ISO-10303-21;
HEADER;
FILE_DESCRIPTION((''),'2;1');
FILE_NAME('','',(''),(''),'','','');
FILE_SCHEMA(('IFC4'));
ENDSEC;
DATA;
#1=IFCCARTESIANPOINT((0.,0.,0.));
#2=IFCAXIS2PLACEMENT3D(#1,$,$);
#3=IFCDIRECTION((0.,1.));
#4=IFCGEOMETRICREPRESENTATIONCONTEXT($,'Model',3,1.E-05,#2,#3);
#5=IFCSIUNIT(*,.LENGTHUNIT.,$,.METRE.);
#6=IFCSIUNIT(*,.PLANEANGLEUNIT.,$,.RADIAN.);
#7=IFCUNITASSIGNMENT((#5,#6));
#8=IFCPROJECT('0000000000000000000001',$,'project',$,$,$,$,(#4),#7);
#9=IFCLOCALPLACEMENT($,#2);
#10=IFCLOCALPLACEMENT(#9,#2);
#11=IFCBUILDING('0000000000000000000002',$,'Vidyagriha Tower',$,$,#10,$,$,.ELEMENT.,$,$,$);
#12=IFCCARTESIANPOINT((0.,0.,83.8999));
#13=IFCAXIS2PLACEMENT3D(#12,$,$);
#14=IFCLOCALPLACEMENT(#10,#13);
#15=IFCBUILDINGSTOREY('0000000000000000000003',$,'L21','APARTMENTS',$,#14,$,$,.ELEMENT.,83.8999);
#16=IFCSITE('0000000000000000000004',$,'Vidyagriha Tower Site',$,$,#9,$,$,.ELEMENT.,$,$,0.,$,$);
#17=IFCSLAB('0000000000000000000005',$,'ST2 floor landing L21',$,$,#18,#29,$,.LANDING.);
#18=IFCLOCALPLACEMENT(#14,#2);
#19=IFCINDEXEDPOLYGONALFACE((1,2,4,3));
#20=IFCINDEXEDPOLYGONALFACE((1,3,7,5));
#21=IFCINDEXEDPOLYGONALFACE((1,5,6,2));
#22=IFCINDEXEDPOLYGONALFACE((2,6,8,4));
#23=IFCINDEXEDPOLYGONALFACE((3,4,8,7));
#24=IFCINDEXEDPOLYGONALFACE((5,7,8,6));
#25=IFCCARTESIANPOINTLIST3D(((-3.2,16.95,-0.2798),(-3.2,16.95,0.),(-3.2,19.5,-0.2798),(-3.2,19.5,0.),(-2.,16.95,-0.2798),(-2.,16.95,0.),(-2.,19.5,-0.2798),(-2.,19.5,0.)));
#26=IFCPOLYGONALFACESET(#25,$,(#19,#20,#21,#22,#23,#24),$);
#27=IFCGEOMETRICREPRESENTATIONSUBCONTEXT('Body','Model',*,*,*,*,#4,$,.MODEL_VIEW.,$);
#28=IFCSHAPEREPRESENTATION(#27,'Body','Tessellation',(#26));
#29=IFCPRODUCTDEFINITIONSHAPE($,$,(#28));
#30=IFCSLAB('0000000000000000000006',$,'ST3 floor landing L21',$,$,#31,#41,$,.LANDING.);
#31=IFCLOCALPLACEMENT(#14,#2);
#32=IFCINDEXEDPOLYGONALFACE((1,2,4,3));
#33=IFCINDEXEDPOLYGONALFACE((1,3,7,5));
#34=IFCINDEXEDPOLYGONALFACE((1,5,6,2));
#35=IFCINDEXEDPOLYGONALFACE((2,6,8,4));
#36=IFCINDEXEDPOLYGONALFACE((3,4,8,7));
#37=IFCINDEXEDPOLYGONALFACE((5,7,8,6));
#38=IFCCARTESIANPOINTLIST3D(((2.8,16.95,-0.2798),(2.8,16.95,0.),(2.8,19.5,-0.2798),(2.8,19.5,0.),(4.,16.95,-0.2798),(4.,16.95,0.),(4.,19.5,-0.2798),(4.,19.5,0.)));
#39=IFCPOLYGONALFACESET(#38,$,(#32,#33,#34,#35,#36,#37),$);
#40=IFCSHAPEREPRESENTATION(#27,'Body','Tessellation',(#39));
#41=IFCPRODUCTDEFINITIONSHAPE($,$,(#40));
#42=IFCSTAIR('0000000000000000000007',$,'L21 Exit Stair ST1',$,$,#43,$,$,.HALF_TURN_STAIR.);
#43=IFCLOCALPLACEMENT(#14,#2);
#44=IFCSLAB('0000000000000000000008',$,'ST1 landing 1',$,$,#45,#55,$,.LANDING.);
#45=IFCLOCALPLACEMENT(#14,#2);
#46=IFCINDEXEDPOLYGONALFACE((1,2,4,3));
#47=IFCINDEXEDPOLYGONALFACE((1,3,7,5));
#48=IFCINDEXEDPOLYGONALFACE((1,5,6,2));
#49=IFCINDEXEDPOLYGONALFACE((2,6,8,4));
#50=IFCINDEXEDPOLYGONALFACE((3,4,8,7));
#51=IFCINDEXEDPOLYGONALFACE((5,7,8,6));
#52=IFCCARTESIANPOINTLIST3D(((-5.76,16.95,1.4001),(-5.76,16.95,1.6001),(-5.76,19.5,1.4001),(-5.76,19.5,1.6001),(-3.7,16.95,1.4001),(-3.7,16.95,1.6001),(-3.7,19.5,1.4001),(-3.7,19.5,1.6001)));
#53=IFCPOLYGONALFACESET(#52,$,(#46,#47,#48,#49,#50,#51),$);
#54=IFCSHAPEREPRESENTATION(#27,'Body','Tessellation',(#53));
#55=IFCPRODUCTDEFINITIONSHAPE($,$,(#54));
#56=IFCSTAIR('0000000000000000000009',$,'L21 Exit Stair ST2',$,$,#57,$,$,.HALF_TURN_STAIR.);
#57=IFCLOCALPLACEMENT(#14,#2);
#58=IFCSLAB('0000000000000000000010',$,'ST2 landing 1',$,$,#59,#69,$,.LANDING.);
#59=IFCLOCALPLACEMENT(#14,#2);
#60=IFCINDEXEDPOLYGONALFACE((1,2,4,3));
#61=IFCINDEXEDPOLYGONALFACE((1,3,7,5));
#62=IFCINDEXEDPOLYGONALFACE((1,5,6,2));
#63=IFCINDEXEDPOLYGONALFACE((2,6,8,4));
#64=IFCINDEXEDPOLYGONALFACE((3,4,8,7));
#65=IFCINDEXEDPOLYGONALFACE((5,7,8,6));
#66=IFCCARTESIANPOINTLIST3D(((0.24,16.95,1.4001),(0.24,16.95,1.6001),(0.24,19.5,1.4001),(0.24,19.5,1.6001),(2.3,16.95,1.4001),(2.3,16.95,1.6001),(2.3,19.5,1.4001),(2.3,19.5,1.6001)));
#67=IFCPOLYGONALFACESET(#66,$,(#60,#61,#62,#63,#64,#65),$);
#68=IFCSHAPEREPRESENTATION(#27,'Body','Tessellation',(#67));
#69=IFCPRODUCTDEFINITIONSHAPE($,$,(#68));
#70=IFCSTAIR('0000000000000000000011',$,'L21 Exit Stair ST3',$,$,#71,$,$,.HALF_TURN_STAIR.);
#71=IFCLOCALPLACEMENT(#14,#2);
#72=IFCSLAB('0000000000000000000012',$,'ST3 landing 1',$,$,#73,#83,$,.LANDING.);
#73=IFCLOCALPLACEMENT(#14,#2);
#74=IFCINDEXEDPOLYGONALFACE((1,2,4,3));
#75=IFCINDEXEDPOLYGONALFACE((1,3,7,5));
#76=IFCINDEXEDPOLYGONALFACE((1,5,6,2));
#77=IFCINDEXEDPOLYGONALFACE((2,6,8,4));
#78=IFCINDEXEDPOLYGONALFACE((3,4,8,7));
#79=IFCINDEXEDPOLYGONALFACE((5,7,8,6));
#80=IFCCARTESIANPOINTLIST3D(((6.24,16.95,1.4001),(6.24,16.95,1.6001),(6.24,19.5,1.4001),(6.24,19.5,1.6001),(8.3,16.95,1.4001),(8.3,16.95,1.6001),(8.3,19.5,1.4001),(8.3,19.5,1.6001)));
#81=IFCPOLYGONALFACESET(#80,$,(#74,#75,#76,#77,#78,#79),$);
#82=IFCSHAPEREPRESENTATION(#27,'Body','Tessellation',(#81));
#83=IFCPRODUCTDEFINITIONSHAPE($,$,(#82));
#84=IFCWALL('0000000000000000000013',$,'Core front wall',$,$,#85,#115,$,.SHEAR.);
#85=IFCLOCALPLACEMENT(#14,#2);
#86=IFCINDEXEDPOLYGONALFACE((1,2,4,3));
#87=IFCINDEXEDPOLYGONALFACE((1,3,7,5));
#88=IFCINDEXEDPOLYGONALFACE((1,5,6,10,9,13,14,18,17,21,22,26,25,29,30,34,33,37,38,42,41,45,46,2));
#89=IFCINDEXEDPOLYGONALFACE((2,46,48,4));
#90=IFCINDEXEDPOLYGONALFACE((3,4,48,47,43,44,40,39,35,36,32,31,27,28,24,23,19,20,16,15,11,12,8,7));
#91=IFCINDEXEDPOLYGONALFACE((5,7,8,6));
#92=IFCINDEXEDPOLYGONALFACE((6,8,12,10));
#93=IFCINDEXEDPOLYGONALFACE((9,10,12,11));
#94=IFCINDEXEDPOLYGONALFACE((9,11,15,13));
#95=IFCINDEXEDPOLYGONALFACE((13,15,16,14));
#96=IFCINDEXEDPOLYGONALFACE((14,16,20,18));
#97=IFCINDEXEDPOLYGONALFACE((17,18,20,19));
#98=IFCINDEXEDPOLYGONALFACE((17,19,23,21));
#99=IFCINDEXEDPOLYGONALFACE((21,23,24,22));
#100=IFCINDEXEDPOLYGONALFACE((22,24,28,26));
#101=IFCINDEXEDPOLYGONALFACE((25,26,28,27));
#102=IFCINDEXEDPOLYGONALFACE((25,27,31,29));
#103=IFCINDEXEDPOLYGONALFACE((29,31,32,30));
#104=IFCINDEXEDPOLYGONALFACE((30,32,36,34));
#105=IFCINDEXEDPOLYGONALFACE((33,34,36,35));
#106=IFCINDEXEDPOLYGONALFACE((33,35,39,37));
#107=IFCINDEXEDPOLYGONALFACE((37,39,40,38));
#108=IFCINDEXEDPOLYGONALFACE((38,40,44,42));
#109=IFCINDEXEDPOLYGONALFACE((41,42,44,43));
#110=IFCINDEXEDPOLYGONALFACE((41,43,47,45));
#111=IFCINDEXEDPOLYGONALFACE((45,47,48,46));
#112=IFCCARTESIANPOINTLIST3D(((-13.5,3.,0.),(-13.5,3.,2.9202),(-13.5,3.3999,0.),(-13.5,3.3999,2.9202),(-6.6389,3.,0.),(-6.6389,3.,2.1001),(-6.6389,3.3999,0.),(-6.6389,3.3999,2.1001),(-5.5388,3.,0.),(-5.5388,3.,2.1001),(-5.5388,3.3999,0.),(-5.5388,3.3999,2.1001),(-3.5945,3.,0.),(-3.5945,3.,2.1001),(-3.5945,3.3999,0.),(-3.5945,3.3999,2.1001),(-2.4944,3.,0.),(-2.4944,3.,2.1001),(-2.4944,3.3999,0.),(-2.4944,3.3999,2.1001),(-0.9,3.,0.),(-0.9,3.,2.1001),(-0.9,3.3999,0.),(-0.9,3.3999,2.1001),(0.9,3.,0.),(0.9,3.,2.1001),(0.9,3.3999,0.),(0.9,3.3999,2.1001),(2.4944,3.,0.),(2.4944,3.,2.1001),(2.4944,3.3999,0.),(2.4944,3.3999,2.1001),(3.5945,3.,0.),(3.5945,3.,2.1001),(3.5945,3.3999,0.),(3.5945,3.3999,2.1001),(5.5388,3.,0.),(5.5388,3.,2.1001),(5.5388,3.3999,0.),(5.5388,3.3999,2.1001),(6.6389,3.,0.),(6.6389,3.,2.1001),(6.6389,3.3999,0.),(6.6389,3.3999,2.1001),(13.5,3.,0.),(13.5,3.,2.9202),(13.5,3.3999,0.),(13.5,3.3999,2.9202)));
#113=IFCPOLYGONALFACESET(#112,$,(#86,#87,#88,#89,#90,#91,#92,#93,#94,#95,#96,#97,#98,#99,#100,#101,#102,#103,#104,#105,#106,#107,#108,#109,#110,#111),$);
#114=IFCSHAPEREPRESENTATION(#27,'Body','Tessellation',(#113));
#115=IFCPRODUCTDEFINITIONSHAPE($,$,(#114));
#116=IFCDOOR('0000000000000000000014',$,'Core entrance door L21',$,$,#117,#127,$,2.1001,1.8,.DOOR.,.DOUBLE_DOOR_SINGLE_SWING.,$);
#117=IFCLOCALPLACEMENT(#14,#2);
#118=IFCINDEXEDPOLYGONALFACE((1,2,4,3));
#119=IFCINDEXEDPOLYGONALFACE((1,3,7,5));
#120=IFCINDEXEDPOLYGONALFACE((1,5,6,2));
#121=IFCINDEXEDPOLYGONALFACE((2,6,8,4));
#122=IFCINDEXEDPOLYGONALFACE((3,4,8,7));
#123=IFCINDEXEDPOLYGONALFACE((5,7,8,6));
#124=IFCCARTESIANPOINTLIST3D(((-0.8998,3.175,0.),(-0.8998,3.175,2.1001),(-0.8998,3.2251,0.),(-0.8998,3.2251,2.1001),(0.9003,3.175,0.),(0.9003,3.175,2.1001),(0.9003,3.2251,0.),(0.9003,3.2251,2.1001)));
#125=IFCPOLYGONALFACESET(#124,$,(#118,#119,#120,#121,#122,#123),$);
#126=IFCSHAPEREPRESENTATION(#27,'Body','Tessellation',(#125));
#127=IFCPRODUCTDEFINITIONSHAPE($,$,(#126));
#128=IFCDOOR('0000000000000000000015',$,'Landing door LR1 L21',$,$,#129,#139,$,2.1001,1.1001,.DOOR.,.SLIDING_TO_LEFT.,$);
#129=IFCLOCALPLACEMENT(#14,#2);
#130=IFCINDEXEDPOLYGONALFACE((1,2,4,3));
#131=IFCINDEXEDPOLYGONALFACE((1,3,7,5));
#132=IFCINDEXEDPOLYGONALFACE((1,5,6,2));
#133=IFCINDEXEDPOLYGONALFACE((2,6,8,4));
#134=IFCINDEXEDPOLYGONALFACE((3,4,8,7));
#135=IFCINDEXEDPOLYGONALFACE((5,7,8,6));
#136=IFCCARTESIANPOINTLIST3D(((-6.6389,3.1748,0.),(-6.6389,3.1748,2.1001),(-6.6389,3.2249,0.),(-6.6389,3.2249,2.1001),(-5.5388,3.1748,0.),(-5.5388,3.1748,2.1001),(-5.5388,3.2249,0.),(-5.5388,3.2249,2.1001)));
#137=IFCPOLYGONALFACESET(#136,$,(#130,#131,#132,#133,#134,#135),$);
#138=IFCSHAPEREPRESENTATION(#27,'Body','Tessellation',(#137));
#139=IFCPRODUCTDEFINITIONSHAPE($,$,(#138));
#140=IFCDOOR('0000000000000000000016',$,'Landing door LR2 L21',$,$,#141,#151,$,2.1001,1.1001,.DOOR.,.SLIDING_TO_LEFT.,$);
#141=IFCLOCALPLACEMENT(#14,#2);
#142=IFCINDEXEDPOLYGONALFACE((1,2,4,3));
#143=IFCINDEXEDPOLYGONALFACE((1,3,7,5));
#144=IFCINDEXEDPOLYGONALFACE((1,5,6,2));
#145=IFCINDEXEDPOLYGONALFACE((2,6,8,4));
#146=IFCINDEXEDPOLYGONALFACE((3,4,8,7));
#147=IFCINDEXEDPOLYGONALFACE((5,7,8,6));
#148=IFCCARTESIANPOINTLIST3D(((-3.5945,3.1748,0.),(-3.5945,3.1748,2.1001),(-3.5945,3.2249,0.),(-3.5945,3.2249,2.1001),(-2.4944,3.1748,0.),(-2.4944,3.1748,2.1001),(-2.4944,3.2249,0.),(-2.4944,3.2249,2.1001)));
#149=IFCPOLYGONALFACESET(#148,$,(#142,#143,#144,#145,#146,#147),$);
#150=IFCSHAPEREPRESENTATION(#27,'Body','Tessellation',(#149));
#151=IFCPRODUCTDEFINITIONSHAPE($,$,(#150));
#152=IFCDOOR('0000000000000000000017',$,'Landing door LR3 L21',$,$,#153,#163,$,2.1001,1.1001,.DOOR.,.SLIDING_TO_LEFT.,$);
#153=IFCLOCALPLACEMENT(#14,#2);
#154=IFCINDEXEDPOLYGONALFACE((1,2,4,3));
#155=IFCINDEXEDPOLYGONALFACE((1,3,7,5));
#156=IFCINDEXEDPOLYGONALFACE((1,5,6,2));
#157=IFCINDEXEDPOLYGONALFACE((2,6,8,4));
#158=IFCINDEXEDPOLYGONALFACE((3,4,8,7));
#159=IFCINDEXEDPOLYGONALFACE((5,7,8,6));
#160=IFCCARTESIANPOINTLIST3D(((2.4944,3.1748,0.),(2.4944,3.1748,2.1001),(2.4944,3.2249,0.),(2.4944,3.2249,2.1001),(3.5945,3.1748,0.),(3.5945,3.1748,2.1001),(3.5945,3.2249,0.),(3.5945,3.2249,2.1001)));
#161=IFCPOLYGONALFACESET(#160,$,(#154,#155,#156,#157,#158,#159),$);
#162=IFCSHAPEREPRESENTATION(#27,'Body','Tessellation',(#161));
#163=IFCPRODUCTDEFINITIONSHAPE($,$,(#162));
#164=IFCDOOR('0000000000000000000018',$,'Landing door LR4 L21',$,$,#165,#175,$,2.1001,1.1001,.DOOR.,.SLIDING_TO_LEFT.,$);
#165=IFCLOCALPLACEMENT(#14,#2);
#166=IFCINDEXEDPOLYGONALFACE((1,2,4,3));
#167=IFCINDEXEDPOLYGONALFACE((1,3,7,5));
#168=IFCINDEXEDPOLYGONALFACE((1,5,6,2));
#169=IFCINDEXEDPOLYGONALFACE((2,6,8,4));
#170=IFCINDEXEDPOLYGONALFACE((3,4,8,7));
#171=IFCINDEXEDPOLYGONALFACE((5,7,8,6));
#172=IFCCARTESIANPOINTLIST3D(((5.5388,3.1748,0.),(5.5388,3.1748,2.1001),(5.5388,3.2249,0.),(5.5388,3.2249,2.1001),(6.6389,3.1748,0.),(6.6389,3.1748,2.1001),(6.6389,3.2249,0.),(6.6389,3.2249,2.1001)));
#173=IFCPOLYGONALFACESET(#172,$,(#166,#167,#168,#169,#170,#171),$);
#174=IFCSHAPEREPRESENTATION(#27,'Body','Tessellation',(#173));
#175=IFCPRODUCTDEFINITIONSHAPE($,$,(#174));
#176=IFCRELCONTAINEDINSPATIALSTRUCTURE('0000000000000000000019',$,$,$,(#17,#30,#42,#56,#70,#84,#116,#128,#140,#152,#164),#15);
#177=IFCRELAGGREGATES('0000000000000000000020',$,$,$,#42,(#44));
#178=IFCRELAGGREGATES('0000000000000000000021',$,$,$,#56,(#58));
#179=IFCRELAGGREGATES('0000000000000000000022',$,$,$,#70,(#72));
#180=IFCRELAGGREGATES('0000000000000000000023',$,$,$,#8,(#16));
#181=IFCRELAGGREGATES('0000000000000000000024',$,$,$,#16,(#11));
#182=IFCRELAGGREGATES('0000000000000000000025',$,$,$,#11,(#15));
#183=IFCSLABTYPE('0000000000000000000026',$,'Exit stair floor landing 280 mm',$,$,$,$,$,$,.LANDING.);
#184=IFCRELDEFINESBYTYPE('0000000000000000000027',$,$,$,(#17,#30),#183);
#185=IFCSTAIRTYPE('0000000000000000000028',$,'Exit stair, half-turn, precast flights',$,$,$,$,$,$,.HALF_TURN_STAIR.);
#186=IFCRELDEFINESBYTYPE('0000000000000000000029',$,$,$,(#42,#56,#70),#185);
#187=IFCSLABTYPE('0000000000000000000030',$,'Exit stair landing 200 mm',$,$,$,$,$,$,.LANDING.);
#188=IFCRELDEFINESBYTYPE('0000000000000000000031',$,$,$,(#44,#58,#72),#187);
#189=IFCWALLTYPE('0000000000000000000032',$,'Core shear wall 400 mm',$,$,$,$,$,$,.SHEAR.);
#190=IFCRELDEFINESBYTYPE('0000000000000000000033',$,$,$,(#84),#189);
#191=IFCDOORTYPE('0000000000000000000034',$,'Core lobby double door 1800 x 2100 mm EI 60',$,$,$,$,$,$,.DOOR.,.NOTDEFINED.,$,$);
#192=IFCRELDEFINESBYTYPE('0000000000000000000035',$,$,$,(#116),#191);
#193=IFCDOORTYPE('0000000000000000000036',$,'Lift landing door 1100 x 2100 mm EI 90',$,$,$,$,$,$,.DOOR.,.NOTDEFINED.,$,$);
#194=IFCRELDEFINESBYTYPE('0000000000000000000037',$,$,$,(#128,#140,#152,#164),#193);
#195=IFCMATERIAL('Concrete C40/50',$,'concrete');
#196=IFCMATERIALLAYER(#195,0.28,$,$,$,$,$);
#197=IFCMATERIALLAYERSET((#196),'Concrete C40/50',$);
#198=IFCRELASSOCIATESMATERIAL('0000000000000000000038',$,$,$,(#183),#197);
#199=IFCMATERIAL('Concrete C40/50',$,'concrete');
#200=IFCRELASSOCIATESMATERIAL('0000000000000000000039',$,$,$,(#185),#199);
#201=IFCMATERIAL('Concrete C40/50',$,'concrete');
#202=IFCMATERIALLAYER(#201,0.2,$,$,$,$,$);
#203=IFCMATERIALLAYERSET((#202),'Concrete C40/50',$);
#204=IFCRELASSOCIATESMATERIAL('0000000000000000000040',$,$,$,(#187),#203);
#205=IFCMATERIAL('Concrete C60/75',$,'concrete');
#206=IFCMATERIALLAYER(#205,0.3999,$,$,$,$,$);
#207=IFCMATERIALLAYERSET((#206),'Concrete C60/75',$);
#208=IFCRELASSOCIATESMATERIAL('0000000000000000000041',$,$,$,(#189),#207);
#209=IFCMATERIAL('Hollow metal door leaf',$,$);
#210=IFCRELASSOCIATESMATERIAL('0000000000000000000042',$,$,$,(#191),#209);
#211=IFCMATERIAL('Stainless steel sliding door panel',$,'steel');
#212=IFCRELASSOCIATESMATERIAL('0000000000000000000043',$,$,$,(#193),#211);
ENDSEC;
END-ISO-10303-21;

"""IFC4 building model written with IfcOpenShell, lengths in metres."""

from ifc_helpers import new_model, si_unit, direction, frame, frame_2d, origin, place, context, subcontext, project, spatial, polyline, rectangle, outline, extrude, material, layer, layer_set, type_object, element, fill, aggregate, save


model = new_model("IFC4")

# Units and contexts
model_context = context("Model", 3, precision=1e-05, world=origin(), true_north=direction((0.0, 1.0)))
body_context = subcontext(model_context, "Body", "Model", "MODEL_VIEW")
ifc_project = project(units=[si_unit("LENGTHUNIT", "METRE"), si_unit("PLANEANGLEUNIT", "RADIAN")], contexts=[model_context])

# Site, building, storey
site_placement = place(None, origin())
site = spatial("IfcSite", under=ifc_project, at=site_placement, Name="Vidyagriha Tower Site", CompositionType="ELEMENT", RefElevation=0.0)
building_placement = place(site_placement, origin())
building = spatial("IfcBuilding", under=site, at=building_placement, Name="Vidyagriha Tower", CompositionType="ELEMENT")
storey_placement = place(building_placement, frame((0.0, 0.0, 83.8999)))
storey = spatial("IfcBuildingStorey", under=building, at=storey_placement, Name="L21", Description="APARTMENTS", CompositionType="ELEMENT", Elevation=83.8999)

# Slabs
ifc_material_1 = material(Name="Concrete C40/50", Category="concrete")
ifc_layer_1 = layer(ifc_material_1, 0.28)
ifc_layer_set_1 = layer_set([ifc_layer_1], Name="Concrete C40/50")
slab_type_1 = type_object("IfcSlabType", Name="Exit stair floor landing 280 mm", PredefinedType="LANDING", material=ifc_layer_set_1)
slab_1_placement = place(storey_placement, frame((0.0, 0.0, -0.2798)))
element("IfcSlab", 1, at=slab_1_placement, inside=storey, type_object=slab_type_1, Name="ST2 floor landing L21", PredefinedType="LANDING", context=body_context, shape_type="SweptSolid", body=[
    extrude(outline(polyline([(-3.2, 16.95), (-2.0, 16.95), (-2.0, 19.5), (-3.2, 19.5), (-3.2, 16.95)])), origin(), (0.0, 0.0, 1.0), 0.2798),
])
slab_2_placement = place(storey_placement, frame((0.0, 0.0, -0.2798)))
element("IfcSlab", 2, at=slab_2_placement, inside=storey, type_object=slab_type_1, Name="ST3 floor landing L21", PredefinedType="LANDING", context=body_context, shape_type="SweptSolid", body=[
    extrude(outline(polyline([(2.8, 16.95), (4.0, 16.95), (4.0, 19.5), (2.8, 19.5), (2.8, 16.95)])), origin(), (0.0, 0.0, 1.0), 0.2798),
])

# Stairs, slabs
ifc_material_2 = material(Name="Concrete C40/50", Category="concrete")
stair_type = type_object("IfcStairType", Name="Exit stair, half-turn, precast flights", PredefinedType="HALF_TURN_STAIR", material=ifc_material_2)
stair_1_placement = place(storey_placement, origin())
stair_1 = element("IfcStair", 3, at=stair_1_placement, inside=storey, type_object=stair_type, Name="L21 Exit Stair ST1", PredefinedType="HALF_TURN_STAIR")
ifc_material_3 = material(Name="Concrete C40/50", Category="concrete")
ifc_layer_2 = layer(ifc_material_3, 0.2)
ifc_layer_set_2 = layer_set([ifc_layer_2], Name="Concrete C40/50")
slab_type_2 = type_object("IfcSlabType", Name="Exit stair landing 200 mm", PredefinedType="LANDING", material=ifc_layer_set_2)
slab_3_placement = place(storey_placement, frame((0.0, 0.0, 1.4001)))
slab_3 = element("IfcSlab", 4, at=slab_3_placement, type_object=slab_type_2, Name="ST1 landing 1", PredefinedType="LANDING", context=body_context, shape_type="SweptSolid", body=[
    extrude(outline(polyline([(-5.76, 16.95), (-3.7, 16.95), (-3.7, 19.5), (-5.76, 19.5), (-5.76, 16.95)])), origin(), (0.0, 0.0, 1.0), 0.2),
])
aggregate(stair_1, [slab_3])
stair_2_placement = place(storey_placement, origin())
stair_2 = element("IfcStair", 5, at=stair_2_placement, inside=storey, type_object=stair_type, Name="L21 Exit Stair ST2", PredefinedType="HALF_TURN_STAIR")
slab_4_placement = place(storey_placement, frame((0.0, 0.0, 1.4001)))
slab_4 = element("IfcSlab", 6, at=slab_4_placement, type_object=slab_type_2, Name="ST2 landing 1", PredefinedType="LANDING", context=body_context, shape_type="SweptSolid", body=[
    extrude(outline(polyline([(0.24, 16.95), (2.3, 16.95), (2.3, 19.5), (0.24, 19.5), (0.24, 16.95)])), origin(), (0.0, 0.0, 1.0), 0.2),
])
aggregate(stair_2, [slab_4])
stair_3_placement = place(storey_placement, origin())
stair_3 = element("IfcStair", 7, at=stair_3_placement, inside=storey, type_object=stair_type, Name="L21 Exit Stair ST3", PredefinedType="HALF_TURN_STAIR")
slab_5_placement = place(storey_placement, frame((0.0, 0.0, 1.4001)))
slab_5 = element("IfcSlab", 8, at=slab_5_placement, type_object=slab_type_2, Name="ST3 landing 1", PredefinedType="LANDING", context=body_context, shape_type="SweptSolid", body=[
    extrude(outline(polyline([(6.24, 16.95), (8.3, 16.95), (8.3, 19.5), (6.24, 19.5), (6.24, 16.95)])), origin(), (0.0, 0.0, 1.0), 0.2),
])
aggregate(stair_3, [slab_5])

# Wall, openings, doors
ifc_material_4 = material(Name="Concrete C60/75", Category="concrete")
ifc_layer_3 = layer(ifc_material_4, 0.3999)
ifc_layer_set_3 = layer_set([ifc_layer_3], Name="Concrete C60/75")
wall_type_1 = type_object("IfcWallType", Name="Core shear wall 400 mm", PredefinedType="SHEAR", material=ifc_layer_set_3)
wall_1_placement = place(storey_placement, frame((-13.5, 3.2, 0.0)))
wall_1 = element("IfcWall", 9, at=wall_1_placement, inside=storey, type_object=wall_type_1, Name="Core front wall", PredefinedType="SHEAR", context=body_context, shape_type="SweptSolid", body=[
    extrude(rectangle(XDim=27.0, YDim=0.3999, at=frame_2d((13.5, 0.0))), origin(), (0.0, 0.0, 1.0), 2.9202),
])
opening_1_placement = place(wall_1_placement, frame((6.8611, 0.0, 0.0)))
opening_1 = element("IfcOpeningElement", 10, at=opening_1_placement, cuts=wall_1, PredefinedType="OPENING", context=body_context, shape_type="SweptSolid", body=[
    extrude(rectangle(XDim=1.1001, YDim=2.1001, at=frame_2d((0.55, 1.05))), frame((0.0, 0.21, 0.0), z_axis=(0.0, -1.0, 0.0), x_axis=(1.0, 0.0, 0.0)), (0.0, 0.0, 1.0), 0.4199),
])
opening_2_placement = place(wall_1_placement, frame((9.9055, 0.0, 0.0)))
opening_2 = element("IfcOpeningElement", 11, at=opening_2_placement, cuts=wall_1, PredefinedType="OPENING", context=body_context, shape_type="SweptSolid", body=[
    extrude(rectangle(XDim=1.1001, YDim=2.1001, at=frame_2d((0.55, 1.05))), frame((0.0, 0.21, 0.0), z_axis=(0.0, -1.0, 0.0), x_axis=(1.0, 0.0, 0.0)), (0.0, 0.0, 1.0), 0.4199),
])
opening_3_placement = place(wall_1_placement, frame((15.9944, 0.0, 0.0)))
opening_3 = element("IfcOpeningElement", 12, at=opening_3_placement, cuts=wall_1, PredefinedType="OPENING", context=body_context, shape_type="SweptSolid", body=[
    extrude(rectangle(XDim=1.1001, YDim=2.1001, at=frame_2d((0.55, 1.05))), frame((0.0, 0.21, 0.0), z_axis=(0.0, -1.0, 0.0), x_axis=(1.0, 0.0, 0.0)), (0.0, 0.0, 1.0), 0.4199),
])
opening_4_placement = place(wall_1_placement, frame((19.0388, 0.0, 0.0)))
opening_4 = element("IfcOpeningElement", 13, at=opening_4_placement, cuts=wall_1, PredefinedType="OPENING", context=body_context, shape_type="SweptSolid", body=[
    extrude(rectangle(XDim=1.1001, YDim=2.1001, at=frame_2d((0.55, 1.05))), frame((0.0, 0.21, 0.0), z_axis=(0.0, -1.0, 0.0), x_axis=(1.0, 0.0, 0.0)), (0.0, 0.0, 1.0), 0.4199),
])
opening_5_placement = place(wall_1_placement, frame((12.6001, 0.0, 0.0)))
opening_5 = element("IfcOpeningElement", 14, at=opening_5_placement, cuts=wall_1, PredefinedType="OPENING", context=body_context, shape_type="SweptSolid", body=[
    extrude(rectangle(XDim=1.8, YDim=2.1001, at=frame_2d((0.8999, 1.05))), frame((0.0, 0.21, 0.0), z_axis=(0.0, -1.0, 0.0), x_axis=(1.0, 0.0, 0.0)), (0.0, 0.0, 1.0), 0.4199),
])
ifc_material_5 = material(Name="Hollow metal door leaf")
door_type_1 = type_object("IfcDoorType", Name="Core lobby double door 1800 x 2100 mm EI 60", OperationType="NOTDEFINED", PredefinedType="DOOR", material=ifc_material_5)
door_1_placement = place(opening_5_placement, frame((1.8, 0.0, 0.0), z_axis=(0.0, 0.0, 1.0), x_axis=(-1.0, 0.0, 0.0)))
door_1 = element("IfcDoor", 15, at=door_1_placement, inside=storey, type_object=door_type_1, Name="Core entrance door L21", OperationType="DOUBLE_DOOR_SINGLE_SWING", OverallHeight=2.1001, OverallWidth=1.8, PredefinedType="DOOR", context=body_context, shape_type="SweptSolid", body=[
    extrude(rectangle(XDim=1.8, YDim=2.1001, at=frame_2d((0.8999, 1.05))), frame((0.0, 0.0249, 0.0), z_axis=(0.0, -1.0, 0.0), x_axis=(1.0, 0.0, 0.0)), (0.0, 0.0, 1.0), 0.05),
])
fill(opening_5, door_1)
ifc_material_6 = material(Name="Stainless steel sliding door panel", Category="steel")
door_type_2 = type_object("IfcDoorType", Name="Lift landing door 1100 x 2100 mm EI 90", OperationType="NOTDEFINED", PredefinedType="DOOR", material=ifc_material_6)
door_2_placement = place(opening_1_placement, origin())
door_2 = element("IfcDoor", 16, at=door_2_placement, inside=storey, type_object=door_type_2, Name="Landing door LR1 L21", OperationType="SLIDING_TO_LEFT", OverallHeight=2.1001, OverallWidth=1.1001, PredefinedType="DOOR", context=body_context, shape_type="SweptSolid", body=[
    extrude(rectangle(XDim=1.1001, YDim=2.1001, at=frame_2d((0.55, 1.05))), frame((0.0, 0.0249, 0.0), z_axis=(0.0, -1.0, 0.0), x_axis=(1.0, 0.0, 0.0)), (0.0, 0.0, 1.0), 0.05),
])
fill(opening_1, door_2)
door_3_placement = place(opening_2_placement, origin())
door_3 = element("IfcDoor", 17, at=door_3_placement, inside=storey, type_object=door_type_2, Name="Landing door LR2 L21", OperationType="SLIDING_TO_LEFT", OverallHeight=2.1001, OverallWidth=1.1001, PredefinedType="DOOR", context=body_context, shape_type="SweptSolid", body=[
    extrude(rectangle(XDim=1.1001, YDim=2.1001, at=frame_2d((0.55, 1.05))), frame((0.0, 0.0249, 0.0), z_axis=(0.0, -1.0, 0.0), x_axis=(1.0, 0.0, 0.0)), (0.0, 0.0, 1.0), 0.05),
])
fill(opening_2, door_3)
door_4_placement = place(opening_3_placement, origin())
door_4 = element("IfcDoor", 18, at=door_4_placement, inside=storey, type_object=door_type_2, Name="Landing door LR3 L21", OperationType="SLIDING_TO_LEFT", OverallHeight=2.1001, OverallWidth=1.1001, PredefinedType="DOOR", context=body_context, shape_type="SweptSolid", body=[
    extrude(rectangle(XDim=1.1001, YDim=2.1001, at=frame_2d((0.55, 1.05))), frame((0.0, 0.0249, 0.0), z_axis=(0.0, -1.0, 0.0), x_axis=(1.0, 0.0, 0.0)), (0.0, 0.0, 1.0), 0.05),
])
fill(opening_3, door_4)
door_5_placement = place(opening_4_placement, origin())
door_5 = element("IfcDoor", 19, at=door_5_placement, inside=storey, type_object=door_type_2, Name="Landing door LR4 L21", OperationType="SLIDING_TO_LEFT", OverallHeight=2.1001, OverallWidth=1.1001, PredefinedType="DOOR", context=body_context, shape_type="SweptSolid", body=[
    extrude(rectangle(XDim=1.1001, YDim=2.1001, at=frame_2d((0.55, 1.05))), frame((0.0, 0.0249, 0.0), z_axis=(0.0, -1.0, 0.0), x_axis=(1.0, 0.0, 0.0)), (0.0, 0.0, 1.0), 0.05),
])
fill(opening_4, door_5)

save(model, "model.ifc")
